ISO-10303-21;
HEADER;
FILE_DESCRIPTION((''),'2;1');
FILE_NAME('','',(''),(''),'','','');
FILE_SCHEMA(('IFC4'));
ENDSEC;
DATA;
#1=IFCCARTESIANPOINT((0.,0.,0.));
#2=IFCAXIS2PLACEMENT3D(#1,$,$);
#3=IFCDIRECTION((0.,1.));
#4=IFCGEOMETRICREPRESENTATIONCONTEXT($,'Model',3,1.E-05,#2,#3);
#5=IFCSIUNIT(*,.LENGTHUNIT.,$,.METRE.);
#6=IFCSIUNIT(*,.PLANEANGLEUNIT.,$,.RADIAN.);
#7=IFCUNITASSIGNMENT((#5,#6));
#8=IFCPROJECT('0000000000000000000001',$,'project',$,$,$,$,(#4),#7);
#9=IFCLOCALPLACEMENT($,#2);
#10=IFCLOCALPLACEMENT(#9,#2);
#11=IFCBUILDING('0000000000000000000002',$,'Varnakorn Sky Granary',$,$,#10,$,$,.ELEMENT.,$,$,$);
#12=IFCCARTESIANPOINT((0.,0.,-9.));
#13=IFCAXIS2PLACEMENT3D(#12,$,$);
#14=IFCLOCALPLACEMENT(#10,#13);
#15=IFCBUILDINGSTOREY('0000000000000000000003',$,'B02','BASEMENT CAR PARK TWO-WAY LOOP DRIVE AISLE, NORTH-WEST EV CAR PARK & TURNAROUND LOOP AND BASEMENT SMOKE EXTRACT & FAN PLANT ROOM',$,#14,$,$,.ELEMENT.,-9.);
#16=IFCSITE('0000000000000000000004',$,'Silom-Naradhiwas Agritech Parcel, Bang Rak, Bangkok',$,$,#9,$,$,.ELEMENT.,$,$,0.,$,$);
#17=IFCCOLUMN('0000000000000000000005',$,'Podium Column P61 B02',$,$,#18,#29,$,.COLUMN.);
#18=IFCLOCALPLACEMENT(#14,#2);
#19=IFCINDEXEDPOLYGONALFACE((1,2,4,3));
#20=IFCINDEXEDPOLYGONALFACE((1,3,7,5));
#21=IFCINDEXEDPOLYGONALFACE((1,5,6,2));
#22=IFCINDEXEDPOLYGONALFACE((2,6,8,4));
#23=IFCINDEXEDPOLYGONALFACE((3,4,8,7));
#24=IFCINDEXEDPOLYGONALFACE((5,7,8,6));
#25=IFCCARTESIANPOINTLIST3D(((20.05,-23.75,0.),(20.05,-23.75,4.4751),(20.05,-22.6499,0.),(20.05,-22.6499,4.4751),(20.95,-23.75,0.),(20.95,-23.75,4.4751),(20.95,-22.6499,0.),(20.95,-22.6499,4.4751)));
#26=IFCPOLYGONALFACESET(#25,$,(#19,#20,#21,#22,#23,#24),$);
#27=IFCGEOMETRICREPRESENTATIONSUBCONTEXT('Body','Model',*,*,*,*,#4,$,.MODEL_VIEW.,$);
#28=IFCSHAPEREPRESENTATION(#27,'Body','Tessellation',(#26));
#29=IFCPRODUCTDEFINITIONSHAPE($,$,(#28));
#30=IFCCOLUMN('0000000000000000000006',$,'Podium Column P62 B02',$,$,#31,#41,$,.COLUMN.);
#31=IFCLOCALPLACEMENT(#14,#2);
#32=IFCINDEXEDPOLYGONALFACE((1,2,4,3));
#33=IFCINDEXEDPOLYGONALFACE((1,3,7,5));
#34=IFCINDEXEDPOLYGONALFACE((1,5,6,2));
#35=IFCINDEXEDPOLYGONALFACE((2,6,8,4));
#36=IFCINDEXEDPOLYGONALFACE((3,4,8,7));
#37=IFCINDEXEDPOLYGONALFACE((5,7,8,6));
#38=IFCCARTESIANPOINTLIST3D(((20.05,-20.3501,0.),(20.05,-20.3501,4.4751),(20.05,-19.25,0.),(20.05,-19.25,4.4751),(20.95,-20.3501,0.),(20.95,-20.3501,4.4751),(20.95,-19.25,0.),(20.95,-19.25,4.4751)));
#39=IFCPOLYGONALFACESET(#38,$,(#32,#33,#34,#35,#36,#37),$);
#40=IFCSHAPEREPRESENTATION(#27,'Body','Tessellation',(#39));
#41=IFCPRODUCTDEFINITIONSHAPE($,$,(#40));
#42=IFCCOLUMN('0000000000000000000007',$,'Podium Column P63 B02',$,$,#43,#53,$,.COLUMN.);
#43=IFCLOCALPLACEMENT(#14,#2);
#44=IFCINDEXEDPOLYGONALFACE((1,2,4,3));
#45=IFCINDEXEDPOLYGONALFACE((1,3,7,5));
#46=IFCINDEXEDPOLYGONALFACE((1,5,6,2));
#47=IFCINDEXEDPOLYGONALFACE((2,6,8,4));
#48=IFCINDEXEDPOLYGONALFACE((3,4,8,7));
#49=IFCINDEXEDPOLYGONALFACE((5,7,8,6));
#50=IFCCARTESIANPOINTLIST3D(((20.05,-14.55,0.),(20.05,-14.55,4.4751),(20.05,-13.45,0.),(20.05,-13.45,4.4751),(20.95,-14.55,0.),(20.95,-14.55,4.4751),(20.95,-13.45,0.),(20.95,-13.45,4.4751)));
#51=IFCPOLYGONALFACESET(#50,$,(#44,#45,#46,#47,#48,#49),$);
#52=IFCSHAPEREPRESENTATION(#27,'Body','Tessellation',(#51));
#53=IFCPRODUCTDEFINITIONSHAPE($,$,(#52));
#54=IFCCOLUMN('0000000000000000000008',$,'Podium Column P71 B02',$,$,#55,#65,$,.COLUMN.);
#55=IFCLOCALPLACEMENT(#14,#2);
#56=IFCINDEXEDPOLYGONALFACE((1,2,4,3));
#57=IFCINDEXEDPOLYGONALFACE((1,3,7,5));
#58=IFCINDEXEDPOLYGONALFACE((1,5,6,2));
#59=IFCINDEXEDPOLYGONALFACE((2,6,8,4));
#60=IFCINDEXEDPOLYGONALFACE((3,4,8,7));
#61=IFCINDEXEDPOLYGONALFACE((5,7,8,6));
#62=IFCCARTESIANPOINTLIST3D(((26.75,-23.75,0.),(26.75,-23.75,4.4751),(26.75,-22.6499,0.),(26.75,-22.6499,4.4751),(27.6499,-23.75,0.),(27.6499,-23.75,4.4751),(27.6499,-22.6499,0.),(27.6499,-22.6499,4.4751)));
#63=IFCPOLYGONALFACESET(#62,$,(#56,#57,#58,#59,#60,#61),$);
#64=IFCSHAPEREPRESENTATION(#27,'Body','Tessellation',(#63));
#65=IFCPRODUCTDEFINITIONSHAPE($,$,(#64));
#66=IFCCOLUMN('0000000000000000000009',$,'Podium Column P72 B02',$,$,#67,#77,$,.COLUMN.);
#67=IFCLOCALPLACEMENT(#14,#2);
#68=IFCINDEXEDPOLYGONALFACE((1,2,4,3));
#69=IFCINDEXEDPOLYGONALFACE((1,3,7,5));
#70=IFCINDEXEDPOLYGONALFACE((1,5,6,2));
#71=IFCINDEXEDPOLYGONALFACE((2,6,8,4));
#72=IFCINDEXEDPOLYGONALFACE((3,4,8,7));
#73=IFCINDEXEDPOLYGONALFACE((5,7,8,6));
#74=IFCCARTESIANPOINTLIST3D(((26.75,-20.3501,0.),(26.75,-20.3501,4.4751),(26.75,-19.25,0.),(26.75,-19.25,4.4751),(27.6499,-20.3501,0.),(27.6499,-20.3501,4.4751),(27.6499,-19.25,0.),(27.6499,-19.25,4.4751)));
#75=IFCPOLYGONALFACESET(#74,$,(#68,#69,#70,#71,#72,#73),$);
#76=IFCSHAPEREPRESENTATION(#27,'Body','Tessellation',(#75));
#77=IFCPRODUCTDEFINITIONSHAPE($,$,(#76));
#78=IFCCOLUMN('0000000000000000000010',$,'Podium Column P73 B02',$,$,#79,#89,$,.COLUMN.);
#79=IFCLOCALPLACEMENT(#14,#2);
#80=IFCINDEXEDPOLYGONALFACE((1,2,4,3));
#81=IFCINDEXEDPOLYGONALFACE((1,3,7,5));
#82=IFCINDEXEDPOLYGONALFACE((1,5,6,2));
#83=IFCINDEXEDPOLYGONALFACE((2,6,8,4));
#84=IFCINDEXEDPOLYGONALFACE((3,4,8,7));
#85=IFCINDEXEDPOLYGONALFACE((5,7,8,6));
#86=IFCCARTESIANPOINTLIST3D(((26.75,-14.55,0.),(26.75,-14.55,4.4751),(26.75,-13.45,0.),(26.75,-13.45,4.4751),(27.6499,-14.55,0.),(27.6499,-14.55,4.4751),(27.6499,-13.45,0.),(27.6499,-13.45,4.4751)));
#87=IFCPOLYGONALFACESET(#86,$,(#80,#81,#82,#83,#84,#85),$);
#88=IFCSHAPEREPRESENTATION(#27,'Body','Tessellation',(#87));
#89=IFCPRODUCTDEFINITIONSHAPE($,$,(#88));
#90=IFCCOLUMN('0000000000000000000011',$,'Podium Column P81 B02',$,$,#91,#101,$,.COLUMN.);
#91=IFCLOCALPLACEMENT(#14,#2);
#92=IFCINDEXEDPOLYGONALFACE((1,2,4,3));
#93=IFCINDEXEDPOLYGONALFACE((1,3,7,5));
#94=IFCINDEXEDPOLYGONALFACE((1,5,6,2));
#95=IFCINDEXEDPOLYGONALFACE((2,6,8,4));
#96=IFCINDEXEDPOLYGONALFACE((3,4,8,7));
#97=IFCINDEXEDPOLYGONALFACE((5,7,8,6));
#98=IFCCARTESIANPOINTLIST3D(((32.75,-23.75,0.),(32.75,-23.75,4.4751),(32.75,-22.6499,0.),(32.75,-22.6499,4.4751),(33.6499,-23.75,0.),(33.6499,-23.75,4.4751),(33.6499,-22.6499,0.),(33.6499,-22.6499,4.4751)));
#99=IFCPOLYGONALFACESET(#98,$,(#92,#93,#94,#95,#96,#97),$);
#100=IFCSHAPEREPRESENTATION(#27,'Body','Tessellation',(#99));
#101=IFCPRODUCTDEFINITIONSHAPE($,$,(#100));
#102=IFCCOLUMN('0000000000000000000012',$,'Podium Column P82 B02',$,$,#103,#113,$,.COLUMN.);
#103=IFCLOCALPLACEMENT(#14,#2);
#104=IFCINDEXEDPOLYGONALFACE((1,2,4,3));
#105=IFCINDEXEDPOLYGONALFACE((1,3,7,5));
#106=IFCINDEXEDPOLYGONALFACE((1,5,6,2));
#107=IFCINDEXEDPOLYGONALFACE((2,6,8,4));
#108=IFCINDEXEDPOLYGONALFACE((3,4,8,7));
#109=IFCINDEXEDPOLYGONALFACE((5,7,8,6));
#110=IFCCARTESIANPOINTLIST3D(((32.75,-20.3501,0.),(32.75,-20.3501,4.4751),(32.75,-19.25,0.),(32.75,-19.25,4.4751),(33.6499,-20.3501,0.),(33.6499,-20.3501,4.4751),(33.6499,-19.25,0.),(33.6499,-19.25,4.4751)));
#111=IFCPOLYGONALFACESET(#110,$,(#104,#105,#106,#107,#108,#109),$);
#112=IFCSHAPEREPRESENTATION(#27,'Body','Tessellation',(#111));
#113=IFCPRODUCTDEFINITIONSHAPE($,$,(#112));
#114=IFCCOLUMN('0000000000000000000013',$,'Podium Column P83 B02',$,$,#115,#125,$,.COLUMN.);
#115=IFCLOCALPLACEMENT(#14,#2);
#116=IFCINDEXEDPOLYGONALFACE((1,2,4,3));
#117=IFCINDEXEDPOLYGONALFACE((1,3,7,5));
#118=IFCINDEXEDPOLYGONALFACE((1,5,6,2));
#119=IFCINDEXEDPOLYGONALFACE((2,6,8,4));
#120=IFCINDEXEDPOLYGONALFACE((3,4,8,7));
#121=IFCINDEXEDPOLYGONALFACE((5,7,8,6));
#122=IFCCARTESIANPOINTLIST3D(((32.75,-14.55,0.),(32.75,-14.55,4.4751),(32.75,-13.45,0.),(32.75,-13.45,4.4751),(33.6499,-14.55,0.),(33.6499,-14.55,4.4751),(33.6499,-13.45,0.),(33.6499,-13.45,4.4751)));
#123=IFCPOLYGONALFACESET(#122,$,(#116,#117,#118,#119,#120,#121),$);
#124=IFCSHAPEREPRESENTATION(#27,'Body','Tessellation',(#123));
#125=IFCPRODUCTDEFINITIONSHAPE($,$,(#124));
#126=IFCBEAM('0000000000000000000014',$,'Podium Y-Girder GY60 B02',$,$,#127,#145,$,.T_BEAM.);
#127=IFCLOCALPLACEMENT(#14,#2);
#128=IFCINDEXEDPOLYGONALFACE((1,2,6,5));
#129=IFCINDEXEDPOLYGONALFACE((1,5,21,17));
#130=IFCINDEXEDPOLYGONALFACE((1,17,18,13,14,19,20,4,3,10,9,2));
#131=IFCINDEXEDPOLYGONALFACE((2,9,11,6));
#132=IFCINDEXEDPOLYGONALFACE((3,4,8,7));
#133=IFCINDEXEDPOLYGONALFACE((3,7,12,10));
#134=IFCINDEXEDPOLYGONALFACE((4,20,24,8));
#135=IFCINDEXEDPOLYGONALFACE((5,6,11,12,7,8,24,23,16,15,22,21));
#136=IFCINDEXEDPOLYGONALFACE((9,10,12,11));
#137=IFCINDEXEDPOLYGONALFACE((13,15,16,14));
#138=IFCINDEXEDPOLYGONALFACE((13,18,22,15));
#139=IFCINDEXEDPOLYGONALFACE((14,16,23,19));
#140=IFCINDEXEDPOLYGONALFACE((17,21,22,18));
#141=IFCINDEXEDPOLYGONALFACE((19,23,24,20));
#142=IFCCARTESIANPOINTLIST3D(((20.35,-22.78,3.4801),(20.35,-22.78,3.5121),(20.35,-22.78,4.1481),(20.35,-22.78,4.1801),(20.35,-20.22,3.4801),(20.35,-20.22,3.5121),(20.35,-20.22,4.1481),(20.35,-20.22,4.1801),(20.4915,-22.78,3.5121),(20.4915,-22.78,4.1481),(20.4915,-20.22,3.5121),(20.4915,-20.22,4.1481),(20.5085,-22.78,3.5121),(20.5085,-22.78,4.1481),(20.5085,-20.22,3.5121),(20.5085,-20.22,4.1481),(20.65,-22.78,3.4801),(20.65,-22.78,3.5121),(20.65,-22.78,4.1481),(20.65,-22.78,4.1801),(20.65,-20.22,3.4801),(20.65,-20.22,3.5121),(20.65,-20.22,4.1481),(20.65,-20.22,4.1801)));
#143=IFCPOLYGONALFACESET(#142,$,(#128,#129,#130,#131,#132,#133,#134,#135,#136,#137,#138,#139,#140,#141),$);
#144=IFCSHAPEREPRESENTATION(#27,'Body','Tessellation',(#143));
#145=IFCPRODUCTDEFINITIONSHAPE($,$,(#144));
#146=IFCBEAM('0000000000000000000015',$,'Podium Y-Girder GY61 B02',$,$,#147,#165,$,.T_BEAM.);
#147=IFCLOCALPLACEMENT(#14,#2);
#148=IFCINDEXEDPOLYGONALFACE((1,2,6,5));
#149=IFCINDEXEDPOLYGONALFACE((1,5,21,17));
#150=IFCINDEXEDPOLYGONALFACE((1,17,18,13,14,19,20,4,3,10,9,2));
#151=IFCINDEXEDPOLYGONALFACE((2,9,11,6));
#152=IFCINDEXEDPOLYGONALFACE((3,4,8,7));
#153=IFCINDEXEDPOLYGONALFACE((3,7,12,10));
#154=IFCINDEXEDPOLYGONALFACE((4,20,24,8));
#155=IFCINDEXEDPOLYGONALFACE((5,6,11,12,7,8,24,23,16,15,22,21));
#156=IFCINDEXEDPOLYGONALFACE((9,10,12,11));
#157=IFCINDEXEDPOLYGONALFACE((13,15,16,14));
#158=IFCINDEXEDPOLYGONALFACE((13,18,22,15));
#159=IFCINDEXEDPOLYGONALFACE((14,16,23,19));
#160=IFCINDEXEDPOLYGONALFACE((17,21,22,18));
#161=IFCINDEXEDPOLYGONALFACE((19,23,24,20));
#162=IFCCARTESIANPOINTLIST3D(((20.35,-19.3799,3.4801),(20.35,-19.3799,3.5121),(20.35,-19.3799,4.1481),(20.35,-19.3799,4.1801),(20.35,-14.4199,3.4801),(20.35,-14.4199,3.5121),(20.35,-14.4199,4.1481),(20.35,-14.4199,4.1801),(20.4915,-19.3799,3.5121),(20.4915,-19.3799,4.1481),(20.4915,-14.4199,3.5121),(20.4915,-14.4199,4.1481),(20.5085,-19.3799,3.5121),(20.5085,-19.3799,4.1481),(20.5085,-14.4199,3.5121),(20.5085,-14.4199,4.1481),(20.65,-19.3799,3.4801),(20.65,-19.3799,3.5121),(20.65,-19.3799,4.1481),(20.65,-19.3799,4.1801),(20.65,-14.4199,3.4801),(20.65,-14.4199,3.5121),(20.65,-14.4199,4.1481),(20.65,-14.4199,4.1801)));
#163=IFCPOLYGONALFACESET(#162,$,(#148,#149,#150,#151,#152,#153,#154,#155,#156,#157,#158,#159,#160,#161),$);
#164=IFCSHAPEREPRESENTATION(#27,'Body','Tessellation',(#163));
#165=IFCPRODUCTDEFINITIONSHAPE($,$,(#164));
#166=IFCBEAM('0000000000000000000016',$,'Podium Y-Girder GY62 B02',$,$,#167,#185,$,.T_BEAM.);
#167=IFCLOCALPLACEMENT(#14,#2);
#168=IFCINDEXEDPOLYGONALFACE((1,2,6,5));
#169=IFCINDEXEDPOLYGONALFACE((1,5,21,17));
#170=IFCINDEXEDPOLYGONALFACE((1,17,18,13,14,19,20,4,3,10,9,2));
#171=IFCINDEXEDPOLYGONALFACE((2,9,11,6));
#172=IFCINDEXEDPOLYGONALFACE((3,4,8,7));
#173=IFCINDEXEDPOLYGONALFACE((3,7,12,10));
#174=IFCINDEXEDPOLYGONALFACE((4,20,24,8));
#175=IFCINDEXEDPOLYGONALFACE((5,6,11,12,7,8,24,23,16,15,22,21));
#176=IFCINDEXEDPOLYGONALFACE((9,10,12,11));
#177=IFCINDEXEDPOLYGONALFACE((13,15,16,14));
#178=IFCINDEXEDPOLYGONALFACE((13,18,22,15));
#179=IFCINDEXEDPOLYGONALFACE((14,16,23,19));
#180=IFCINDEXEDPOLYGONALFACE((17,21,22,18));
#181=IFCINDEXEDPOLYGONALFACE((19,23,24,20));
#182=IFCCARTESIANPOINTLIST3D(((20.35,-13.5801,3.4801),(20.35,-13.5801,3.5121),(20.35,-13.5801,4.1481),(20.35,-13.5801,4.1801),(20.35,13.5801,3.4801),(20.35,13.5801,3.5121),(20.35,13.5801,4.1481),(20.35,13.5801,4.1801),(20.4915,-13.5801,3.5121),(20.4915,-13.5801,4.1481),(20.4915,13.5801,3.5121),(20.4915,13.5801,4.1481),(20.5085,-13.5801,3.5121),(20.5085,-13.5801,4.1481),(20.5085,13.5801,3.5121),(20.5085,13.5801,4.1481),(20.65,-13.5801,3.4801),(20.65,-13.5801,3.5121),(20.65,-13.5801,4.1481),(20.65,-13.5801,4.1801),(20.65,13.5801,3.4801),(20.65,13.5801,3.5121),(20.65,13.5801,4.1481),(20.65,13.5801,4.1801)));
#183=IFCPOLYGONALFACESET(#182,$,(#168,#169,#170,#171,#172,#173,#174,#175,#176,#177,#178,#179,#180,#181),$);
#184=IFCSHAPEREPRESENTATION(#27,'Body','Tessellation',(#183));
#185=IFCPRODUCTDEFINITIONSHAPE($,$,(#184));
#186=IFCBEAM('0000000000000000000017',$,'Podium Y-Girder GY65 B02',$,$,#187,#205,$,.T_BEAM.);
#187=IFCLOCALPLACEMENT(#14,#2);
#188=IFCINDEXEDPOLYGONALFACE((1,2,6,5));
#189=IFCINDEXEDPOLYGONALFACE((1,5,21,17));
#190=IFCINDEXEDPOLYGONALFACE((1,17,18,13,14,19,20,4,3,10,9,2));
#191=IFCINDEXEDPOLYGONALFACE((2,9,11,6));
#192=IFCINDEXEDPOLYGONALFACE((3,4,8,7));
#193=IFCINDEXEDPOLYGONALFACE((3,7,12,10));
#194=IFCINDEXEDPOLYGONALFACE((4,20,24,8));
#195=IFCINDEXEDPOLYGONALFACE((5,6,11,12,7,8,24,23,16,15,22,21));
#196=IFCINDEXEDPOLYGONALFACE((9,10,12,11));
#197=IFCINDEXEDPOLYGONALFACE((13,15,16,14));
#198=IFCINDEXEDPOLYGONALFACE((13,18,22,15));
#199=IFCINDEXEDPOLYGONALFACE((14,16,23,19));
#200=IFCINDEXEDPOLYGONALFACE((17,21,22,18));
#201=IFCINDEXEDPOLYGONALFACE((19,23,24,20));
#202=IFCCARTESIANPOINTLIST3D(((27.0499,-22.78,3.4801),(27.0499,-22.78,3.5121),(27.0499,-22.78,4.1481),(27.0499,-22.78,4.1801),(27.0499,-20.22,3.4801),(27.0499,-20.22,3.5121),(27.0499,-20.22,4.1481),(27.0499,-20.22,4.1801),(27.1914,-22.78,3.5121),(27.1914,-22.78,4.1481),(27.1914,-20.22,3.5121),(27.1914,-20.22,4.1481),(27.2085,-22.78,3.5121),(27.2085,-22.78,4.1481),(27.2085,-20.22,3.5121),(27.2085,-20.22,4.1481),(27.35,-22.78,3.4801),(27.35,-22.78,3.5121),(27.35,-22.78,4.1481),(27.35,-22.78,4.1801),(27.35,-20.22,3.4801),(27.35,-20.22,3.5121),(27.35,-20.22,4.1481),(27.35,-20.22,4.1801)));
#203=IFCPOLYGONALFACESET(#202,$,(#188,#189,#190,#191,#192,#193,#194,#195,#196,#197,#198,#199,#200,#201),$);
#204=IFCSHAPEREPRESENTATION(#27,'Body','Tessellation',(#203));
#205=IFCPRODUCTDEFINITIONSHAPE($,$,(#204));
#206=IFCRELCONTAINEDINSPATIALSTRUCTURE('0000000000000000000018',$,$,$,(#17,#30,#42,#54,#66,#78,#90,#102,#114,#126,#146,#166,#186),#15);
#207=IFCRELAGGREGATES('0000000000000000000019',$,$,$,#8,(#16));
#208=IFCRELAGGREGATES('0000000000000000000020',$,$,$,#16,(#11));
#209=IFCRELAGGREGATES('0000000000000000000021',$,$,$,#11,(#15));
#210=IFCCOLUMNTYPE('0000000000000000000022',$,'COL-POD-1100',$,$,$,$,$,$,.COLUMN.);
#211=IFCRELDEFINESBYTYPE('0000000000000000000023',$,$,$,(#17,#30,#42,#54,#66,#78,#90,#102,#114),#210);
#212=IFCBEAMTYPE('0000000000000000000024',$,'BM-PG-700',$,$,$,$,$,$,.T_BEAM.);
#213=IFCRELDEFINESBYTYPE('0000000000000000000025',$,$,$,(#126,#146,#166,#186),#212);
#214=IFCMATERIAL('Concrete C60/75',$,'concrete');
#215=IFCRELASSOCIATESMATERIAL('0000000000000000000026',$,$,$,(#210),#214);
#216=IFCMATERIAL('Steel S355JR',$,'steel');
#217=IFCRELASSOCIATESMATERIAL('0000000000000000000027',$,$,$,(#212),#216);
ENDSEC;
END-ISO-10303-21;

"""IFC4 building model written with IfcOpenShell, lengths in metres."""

from ifc_helpers import new_model, si_unit, direction, frame, origin, origin_2d, place, context, subcontext, project, spatial, rectangle, i_section, extrude, material, material_profile, profile_set, type_object, element, save


model = new_model("IFC4")

# Units and contexts
model_context = context("Model", 3, precision=1e-05, world=origin(), true_north=direction((0.0, 1.0)))
body_context = subcontext(model_context, "Body", "Model", "MODEL_VIEW")
ifc_project = project(units=[si_unit("LENGTHUNIT", "METRE"), si_unit("PLANEANGLEUNIT", "RADIAN")], contexts=[model_context])

# Site, building, storey
site_placement = place(None, origin())
site = spatial("IfcSite", under=ifc_project, at=site_placement, Name="Silom-Naradhiwas Agritech Parcel, Bang Rak, Bangkok", CompositionType="ELEMENT", RefElevation=0.0)
building_placement = place(site_placement, origin())
building = spatial("IfcBuilding", under=site, at=building_placement, Name="Varnakorn Sky Granary", CompositionType="ELEMENT")
storey_placement = place(building_placement, frame((0.0, 0.0, -9.0)))
storey = spatial("IfcBuildingStorey", under=building, at=storey_placement, Name="B02", Description="BASEMENT CAR PARK TWO-WAY LOOP DRIVE AISLE, NORTH-WEST EV CAR PARK & TURNAROUND LOOP AND BASEMENT SMOKE EXTRACT & FAN PLANT ROOM", CompositionType="ELEMENT", Elevation=-9.0)

# Columns
ifc_material_1 = material(Name="Concrete C60/75", Category="concrete")
ifc_material_profile_1 = material_profile(ifc_material_1, rectangle(XDim=0.8999, YDim=1.1001, at=origin_2d()), Name="RC 900x1100")
ifc_profile_set_1 = profile_set([ifc_material_profile_1], Name="Concrete C60/75")
column_type = type_object("IfcColumnType", Name="COL-POD-1100", PredefinedType="COLUMN", material=ifc_profile_set_1)
for number, where, z_axis, x_axis, name in (
    (1, (20.5, -23.2, 0.0), (0.0, 0.0, 1.0), (1.0, 0.0, 0.0), "Podium Column P61 B02"),
    (2, (20.5, -19.8, 0.0), (0.0, 0.0, 1.0), (1.0, 0.0, 0.0), "Podium Column P62 B02"),
    (3, (20.5, -14.0, 0.0), (0.0, 0.0, 1.0), (1.0, 0.0, 0.0), "Podium Column P63 B02"),
    (4, (27.2, -23.2, 0.0), (0.0, 0.0, 1.0), (1.0, 0.0, 0.0), "Podium Column P71 B02"),
    (5, (27.2, -19.8, 0.0), (0.0, 0.0, 1.0), (1.0, 0.0, 0.0), "Podium Column P72 B02"),
    (6, (27.2, -14.0, 0.0), (0.0, 0.0, 1.0), (1.0, 0.0, 0.0), "Podium Column P73 B02"),
    (7, (33.2, -23.2, 0.0), (0.0, 0.0, 1.0), (1.0, 0.0, 0.0), "Podium Column P81 B02"),
    (8, (33.2, -19.8, 0.0), (0.0, 0.0, 1.0), (1.0, 0.0, 0.0), "Podium Column P82 B02"),
    (9, (33.2, -14.0, 0.0), (0.0, 0.0, 1.0), (1.0, 0.0, 0.0), "Podium Column P83 B02"),
):
    element("IfcColumn", number, at=place(storey_placement, frame(where, z_axis=z_axis, x_axis=x_axis)), inside=storey, type_object=column_type, Name=name, PredefinedType="COLUMN", context=body_context, shape_type="SweptSolid", body=[
        extrude(rectangle(XDim=0.8999, YDim=1.1001, at=origin_2d()), origin(), (0.0, 0.0, 1.0), 4.4751),
    ])

# Beams
ifc_material_2 = material(Name="Steel S355JR", Category="steel")
ifc_material_profile_2 = material_profile(ifc_material_2, i_section(OverallWidth=0.3, OverallDepth=0.7, WebThickness=0.0171, FlangeThickness=0.032, at=origin_2d()), Name="HE 700 B")
ifc_profile_set_2 = profile_set([ifc_material_profile_2], Name="Steel S355JR")
beam_type_1 = type_object("IfcBeamType", Name="BM-PG-700", PredefinedType="T_BEAM", material=ifc_profile_set_2)
beam_1_placement = place(storey_placement, frame((20.5, -22.78, 3.8301), z_axis=(0.0, 1.0, 0.0), x_axis=(-1.0, 0.0, 0.0)))
element("IfcBeam", 10, at=beam_1_placement, inside=storey, type_object=beam_type_1, Name="Podium Y-Girder GY60 B02", PredefinedType="T_BEAM", context=body_context, shape_type="SweptSolid", body=[
    extrude(i_section(OverallWidth=0.3, OverallDepth=0.7, WebThickness=0.0171, FlangeThickness=0.032, at=origin_2d()), origin(), (0.0, 0.0, 1.0), 2.5601),
])
beam_2_placement = place(storey_placement, frame((20.5, -19.3799, 3.8301), z_axis=(0.0, 1.0, 0.0), x_axis=(-1.0, 0.0, 0.0)))
element("IfcBeam", 11, at=beam_2_placement, inside=storey, type_object=beam_type_1, Name="Podium Y-Girder GY61 B02", PredefinedType="T_BEAM", context=body_context, shape_type="SweptSolid", body=[
    extrude(i_section(OverallWidth=0.3, OverallDepth=0.7, WebThickness=0.0171, FlangeThickness=0.032, at=origin_2d()), origin(), (0.0, 0.0, 1.0), 4.96),
])
beam_3_placement = place(storey_placement, frame((20.5, -13.5801, 3.8301), z_axis=(0.0, 1.0, 0.0), x_axis=(-1.0, 0.0, 0.0)))
element("IfcBeam", 12, at=beam_3_placement, inside=storey, type_object=beam_type_1, Name="Podium Y-Girder GY62 B02", PredefinedType="T_BEAM", context=body_context, shape_type="SweptSolid", body=[
    extrude(i_section(OverallWidth=0.3, OverallDepth=0.7, WebThickness=0.0171, FlangeThickness=0.032, at=origin_2d()), origin(), (0.0, 0.0, 1.0), 27.1602),
])
beam_4_placement = place(storey_placement, frame((27.2, -22.78, 3.8301), z_axis=(0.0, 1.0, 0.0), x_axis=(-1.0, 0.0, 0.0)))
element("IfcBeam", 13, at=beam_4_placement, inside=storey, type_object=beam_type_1, Name="Podium Y-Girder GY65 B02", PredefinedType="T_BEAM", context=body_context, shape_type="SweptSolid", body=[
    extrude(i_section(OverallWidth=0.3, OverallDepth=0.7, WebThickness=0.0171, FlangeThickness=0.032, at=origin_2d()), origin(), (0.0, 0.0, 1.0), 2.5601),
])

save(model, "model.ifc")
